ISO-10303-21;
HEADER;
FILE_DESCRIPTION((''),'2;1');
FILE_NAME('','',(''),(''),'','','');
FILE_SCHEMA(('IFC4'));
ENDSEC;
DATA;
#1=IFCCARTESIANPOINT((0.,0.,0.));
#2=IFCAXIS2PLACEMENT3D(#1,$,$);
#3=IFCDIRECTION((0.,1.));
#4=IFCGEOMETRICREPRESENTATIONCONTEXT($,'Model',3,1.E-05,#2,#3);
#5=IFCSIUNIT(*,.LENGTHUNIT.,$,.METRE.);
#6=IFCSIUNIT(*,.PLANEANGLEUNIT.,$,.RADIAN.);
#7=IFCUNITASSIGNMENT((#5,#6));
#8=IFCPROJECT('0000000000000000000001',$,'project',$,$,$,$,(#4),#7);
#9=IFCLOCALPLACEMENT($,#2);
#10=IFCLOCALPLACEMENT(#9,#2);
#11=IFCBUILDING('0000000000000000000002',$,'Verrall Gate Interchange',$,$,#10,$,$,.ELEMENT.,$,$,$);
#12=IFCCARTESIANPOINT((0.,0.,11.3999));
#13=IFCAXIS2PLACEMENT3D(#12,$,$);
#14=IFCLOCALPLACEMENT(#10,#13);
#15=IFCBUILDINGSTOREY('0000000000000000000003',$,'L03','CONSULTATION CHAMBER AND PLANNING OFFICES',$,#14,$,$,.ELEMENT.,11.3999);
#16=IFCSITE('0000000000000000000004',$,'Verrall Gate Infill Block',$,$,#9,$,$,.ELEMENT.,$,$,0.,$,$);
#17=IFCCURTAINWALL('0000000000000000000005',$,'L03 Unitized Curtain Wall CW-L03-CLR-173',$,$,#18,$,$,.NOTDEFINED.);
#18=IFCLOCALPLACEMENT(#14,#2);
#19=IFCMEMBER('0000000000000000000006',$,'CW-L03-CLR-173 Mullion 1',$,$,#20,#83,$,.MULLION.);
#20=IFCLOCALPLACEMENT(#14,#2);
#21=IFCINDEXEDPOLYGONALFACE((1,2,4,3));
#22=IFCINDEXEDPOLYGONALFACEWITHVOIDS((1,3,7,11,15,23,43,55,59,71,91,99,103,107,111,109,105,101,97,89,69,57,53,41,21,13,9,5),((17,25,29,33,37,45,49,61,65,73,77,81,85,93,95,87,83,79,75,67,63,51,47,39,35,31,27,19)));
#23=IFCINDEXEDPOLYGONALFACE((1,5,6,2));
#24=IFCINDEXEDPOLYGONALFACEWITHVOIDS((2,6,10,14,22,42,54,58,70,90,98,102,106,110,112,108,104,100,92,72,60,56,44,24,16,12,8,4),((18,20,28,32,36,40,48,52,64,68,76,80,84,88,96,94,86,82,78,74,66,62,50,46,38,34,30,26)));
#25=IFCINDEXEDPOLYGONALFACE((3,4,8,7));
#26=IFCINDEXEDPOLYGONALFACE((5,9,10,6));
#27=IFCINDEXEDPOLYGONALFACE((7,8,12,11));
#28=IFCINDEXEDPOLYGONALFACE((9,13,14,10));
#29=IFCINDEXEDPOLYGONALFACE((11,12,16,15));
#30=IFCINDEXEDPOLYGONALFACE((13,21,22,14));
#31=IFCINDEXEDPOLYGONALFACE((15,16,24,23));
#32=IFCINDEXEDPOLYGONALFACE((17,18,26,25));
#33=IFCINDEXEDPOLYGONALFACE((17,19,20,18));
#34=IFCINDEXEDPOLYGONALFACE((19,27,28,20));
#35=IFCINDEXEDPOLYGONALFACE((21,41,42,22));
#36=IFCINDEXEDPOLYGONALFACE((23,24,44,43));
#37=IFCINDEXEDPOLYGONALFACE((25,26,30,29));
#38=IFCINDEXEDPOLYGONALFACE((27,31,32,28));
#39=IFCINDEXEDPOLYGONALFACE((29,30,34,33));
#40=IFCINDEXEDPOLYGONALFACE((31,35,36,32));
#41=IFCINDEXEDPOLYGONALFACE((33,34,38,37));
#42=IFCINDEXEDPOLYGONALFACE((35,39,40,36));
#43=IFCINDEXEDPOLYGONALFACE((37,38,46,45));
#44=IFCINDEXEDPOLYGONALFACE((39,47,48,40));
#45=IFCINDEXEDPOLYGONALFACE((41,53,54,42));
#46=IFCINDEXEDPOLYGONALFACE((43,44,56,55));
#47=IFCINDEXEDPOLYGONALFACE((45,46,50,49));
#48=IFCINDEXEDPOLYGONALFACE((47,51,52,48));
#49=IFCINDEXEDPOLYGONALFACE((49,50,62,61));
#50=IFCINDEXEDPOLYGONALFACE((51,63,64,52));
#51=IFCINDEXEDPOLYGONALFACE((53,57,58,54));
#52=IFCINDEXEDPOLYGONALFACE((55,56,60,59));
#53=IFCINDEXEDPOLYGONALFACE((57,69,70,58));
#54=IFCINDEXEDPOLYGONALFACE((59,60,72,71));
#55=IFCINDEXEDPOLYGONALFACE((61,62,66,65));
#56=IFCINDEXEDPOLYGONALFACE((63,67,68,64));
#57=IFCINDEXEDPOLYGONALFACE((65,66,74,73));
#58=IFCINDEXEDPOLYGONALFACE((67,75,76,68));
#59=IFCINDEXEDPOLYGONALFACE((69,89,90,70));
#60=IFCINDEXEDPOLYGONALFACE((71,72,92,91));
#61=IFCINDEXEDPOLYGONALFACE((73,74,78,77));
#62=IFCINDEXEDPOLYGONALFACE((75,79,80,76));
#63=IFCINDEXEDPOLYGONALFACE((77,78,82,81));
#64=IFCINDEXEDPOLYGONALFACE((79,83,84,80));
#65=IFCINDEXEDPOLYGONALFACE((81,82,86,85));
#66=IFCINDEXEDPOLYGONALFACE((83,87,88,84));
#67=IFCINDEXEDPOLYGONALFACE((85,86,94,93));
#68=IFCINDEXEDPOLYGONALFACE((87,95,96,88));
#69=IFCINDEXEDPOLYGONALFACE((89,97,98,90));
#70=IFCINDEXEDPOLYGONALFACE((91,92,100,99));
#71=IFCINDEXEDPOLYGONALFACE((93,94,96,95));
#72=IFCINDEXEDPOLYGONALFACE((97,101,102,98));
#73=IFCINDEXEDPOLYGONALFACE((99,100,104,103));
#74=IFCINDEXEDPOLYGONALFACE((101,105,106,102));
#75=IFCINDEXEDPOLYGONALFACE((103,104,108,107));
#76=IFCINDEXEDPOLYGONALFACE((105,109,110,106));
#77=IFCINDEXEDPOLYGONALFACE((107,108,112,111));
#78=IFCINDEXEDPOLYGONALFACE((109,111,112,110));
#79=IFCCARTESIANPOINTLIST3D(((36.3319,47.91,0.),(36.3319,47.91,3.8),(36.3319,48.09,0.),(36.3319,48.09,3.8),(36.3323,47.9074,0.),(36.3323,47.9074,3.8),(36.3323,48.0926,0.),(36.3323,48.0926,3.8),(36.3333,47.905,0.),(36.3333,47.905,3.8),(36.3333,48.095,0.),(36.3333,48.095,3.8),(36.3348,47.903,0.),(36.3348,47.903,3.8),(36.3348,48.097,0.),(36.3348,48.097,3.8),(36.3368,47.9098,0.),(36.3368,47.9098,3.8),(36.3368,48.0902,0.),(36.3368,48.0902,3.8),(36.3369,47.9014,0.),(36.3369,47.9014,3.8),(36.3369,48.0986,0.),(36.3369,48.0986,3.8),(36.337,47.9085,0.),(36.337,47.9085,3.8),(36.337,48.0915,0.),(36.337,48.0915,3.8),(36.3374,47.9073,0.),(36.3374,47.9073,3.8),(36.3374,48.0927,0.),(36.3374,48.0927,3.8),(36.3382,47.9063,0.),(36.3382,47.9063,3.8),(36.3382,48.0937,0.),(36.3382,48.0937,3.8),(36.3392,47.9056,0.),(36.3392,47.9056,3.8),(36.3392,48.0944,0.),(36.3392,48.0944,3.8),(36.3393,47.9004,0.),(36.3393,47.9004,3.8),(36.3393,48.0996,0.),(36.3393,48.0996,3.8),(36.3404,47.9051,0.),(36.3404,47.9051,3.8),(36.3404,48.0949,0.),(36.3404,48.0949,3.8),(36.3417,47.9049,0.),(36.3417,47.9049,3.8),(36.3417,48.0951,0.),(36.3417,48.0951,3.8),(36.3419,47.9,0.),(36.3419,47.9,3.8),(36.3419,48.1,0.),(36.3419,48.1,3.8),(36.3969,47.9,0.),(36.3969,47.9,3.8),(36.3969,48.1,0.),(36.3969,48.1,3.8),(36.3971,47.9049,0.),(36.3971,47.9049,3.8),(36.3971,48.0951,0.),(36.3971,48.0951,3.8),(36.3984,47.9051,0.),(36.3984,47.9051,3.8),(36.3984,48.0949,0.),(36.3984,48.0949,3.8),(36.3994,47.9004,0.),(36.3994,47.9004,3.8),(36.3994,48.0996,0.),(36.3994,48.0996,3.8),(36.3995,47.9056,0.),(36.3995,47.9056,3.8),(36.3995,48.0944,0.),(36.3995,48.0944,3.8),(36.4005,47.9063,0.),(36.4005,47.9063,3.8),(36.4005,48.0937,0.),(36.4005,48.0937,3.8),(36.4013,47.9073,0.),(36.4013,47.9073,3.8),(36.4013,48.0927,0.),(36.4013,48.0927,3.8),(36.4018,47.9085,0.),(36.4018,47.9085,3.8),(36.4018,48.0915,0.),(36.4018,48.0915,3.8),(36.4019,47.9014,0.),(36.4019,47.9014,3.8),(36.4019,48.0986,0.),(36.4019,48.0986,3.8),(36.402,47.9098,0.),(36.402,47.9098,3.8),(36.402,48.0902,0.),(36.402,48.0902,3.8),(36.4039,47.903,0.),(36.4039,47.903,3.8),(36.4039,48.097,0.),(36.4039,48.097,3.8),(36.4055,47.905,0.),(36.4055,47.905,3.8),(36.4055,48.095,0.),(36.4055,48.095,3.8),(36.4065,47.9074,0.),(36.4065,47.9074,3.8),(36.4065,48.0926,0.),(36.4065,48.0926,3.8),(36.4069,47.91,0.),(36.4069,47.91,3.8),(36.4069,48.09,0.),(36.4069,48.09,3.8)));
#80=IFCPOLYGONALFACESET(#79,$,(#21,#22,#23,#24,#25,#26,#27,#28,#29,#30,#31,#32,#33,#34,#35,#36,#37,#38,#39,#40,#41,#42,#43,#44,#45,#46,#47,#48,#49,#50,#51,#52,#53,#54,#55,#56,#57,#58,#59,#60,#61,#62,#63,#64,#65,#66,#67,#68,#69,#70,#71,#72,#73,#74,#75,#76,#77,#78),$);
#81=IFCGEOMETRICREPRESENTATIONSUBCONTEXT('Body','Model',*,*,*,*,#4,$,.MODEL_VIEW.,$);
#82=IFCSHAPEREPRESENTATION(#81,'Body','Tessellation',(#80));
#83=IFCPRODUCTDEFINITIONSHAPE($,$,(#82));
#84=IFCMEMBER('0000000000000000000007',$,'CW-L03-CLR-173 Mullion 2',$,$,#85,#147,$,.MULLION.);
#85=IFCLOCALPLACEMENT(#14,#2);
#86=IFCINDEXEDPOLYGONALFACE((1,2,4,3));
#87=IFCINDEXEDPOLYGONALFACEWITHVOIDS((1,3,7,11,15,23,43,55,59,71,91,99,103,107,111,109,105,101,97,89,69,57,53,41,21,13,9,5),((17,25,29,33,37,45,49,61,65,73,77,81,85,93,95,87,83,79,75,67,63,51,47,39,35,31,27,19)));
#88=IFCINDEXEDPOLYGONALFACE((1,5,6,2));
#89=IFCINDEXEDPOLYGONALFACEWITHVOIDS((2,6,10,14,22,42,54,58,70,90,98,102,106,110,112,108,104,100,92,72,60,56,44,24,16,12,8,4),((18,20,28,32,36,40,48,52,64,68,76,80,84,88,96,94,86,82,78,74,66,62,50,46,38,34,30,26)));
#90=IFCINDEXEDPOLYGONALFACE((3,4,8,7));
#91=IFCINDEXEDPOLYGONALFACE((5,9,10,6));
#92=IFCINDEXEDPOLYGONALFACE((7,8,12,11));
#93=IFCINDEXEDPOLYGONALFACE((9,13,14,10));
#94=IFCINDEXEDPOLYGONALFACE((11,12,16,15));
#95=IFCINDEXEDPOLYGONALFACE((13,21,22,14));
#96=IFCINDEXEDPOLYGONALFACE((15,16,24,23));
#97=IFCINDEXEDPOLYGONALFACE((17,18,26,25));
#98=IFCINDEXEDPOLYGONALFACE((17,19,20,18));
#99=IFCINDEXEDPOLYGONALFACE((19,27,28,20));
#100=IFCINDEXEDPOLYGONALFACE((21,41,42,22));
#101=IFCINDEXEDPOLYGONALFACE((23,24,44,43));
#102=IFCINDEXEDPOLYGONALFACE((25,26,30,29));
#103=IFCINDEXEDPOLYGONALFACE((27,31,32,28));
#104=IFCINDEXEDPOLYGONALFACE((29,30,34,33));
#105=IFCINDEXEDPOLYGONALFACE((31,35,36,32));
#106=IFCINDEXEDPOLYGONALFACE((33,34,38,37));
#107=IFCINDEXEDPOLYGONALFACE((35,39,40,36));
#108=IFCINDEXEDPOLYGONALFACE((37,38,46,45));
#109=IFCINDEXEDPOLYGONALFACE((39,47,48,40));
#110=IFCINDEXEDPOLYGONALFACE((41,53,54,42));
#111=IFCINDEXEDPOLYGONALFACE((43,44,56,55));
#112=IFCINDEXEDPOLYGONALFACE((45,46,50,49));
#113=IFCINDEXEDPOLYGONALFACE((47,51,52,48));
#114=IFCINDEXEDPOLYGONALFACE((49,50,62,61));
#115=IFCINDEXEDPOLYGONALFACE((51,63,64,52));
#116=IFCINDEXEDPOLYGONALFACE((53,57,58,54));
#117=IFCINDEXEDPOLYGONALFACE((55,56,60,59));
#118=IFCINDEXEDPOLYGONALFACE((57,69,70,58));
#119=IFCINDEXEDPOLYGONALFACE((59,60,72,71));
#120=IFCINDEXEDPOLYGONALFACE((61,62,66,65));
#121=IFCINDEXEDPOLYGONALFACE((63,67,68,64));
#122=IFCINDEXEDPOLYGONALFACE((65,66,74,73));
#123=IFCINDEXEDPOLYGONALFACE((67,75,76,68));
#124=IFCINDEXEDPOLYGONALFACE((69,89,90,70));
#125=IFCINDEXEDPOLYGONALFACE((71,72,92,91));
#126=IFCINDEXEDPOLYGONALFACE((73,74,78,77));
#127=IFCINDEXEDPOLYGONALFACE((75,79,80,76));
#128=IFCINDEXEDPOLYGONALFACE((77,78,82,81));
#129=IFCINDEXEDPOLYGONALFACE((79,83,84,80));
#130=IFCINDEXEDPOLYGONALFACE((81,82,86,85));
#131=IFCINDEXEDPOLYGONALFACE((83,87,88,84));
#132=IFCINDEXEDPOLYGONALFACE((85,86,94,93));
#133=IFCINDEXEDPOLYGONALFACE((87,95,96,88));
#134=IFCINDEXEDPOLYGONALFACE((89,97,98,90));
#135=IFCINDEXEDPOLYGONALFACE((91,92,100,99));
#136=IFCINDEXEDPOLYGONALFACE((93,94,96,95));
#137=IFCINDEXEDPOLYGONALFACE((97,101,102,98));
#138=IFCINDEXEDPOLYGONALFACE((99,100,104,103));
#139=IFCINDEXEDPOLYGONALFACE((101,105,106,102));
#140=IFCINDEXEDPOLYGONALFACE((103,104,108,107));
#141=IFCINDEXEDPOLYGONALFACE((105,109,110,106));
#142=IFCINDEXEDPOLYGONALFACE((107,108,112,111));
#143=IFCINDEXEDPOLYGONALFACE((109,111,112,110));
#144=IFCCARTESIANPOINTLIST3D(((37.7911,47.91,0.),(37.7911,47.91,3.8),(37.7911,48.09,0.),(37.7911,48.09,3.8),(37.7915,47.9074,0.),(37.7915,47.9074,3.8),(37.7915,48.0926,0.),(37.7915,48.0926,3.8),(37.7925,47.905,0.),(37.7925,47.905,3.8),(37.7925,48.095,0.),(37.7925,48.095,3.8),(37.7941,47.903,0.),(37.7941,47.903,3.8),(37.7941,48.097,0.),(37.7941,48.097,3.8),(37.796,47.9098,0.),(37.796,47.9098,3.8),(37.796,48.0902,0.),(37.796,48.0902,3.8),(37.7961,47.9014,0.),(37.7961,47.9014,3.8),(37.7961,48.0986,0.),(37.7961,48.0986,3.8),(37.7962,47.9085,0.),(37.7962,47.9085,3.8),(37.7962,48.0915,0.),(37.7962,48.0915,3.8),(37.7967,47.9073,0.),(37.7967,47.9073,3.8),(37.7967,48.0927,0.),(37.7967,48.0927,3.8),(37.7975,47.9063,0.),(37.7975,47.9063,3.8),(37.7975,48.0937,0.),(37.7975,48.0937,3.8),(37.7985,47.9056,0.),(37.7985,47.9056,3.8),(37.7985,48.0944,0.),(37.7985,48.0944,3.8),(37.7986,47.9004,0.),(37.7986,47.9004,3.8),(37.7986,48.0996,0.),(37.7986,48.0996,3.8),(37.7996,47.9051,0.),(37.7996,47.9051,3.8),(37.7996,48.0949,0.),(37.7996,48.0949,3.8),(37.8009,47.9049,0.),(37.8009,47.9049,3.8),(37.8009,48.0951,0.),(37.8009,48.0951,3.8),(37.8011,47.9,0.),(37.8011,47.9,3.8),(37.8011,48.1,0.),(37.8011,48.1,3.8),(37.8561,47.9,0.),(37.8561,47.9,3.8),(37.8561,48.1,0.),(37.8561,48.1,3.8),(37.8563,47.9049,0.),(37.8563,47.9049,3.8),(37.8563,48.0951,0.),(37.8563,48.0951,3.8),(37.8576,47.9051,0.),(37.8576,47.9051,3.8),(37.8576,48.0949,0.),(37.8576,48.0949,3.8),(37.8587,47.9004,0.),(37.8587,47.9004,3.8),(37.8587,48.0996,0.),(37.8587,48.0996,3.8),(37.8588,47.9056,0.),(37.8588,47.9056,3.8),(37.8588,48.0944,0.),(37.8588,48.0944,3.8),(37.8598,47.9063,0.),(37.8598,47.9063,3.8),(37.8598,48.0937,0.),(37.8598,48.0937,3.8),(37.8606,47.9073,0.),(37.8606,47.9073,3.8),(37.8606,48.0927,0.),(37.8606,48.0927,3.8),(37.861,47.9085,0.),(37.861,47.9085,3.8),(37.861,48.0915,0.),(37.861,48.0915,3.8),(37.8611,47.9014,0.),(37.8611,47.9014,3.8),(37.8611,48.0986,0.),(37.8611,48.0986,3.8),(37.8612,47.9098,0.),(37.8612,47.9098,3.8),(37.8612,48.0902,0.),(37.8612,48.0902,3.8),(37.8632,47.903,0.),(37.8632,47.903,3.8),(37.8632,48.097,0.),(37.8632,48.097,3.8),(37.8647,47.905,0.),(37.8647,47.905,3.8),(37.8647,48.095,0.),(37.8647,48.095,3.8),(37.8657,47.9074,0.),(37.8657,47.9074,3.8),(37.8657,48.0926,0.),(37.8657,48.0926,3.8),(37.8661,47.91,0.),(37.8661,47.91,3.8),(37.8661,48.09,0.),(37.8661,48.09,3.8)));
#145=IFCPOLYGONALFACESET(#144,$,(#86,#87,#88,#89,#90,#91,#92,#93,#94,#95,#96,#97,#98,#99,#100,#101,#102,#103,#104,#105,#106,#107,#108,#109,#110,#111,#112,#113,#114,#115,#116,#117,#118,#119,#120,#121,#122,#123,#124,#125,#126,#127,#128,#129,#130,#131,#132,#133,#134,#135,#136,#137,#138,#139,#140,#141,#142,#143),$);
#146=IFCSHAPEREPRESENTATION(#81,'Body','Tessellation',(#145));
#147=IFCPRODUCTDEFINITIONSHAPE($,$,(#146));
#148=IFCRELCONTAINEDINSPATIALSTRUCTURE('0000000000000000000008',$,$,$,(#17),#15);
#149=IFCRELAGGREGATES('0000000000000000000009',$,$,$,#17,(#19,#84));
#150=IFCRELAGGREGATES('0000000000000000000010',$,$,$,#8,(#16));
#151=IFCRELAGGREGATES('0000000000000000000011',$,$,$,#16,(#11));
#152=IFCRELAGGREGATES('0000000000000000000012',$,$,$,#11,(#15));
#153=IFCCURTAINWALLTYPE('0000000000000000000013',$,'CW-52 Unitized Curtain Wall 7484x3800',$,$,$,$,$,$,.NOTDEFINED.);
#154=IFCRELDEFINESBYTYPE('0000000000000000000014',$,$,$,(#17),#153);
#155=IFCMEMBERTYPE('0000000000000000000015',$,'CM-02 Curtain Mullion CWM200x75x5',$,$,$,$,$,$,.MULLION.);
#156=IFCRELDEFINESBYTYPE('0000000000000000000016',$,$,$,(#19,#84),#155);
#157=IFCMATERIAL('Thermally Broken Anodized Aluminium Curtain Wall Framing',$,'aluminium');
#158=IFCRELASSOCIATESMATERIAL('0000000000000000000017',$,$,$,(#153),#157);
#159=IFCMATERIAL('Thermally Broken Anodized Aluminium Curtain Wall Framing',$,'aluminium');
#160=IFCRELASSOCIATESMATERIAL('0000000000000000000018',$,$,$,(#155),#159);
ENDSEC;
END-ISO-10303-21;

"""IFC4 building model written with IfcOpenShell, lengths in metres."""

from ifc_helpers import new_model, si_unit, direction, frame, origin, origin_2d, place, context, subcontext, project, spatial, hollow_rectangle, extrude, material, material_profile, profile_set, type_object, element, aggregate, save


model = new_model("IFC4")

# Units and contexts
model_context = context("Model", 3, precision=1e-05, world=origin(), true_north=direction((0.0, 1.0)))
body_context = subcontext(model_context, "Body", "Model", "MODEL_VIEW")
ifc_project = project(units=[si_unit("LENGTHUNIT", "METRE"), si_unit("PLANEANGLEUNIT", "RADIAN")], contexts=[model_context])

# Site, building, storey
site_placement = place(None, origin())
site = spatial("IfcSite", under=ifc_project, at=site_placement, Name="Verrall Gate Infill Block", CompositionType="ELEMENT", RefElevation=0.0)
building_placement = place(site_placement, origin())
building = spatial("IfcBuilding", under=site, at=building_placement, Name="Verrall Gate Interchange", CompositionType="ELEMENT")
storey_placement = place(building_placement, frame((0.0, 0.0, 11.3999)))
storey = spatial("IfcBuildingStorey", under=building, at=storey_placement, Name="L03", Description="CONSULTATION CHAMBER AND PLANNING OFFICES", CompositionType="ELEMENT", Elevation=11.3999)

# Curtain wall, members
ifc_material_1 = material(Name="Thermally Broken Anodized Aluminium Curtain Wall Framing", Category="aluminium")
curtain_wall_type = type_object("IfcCurtainWallType", Name="CW-52 Unitized Curtain Wall 7484x3800", PredefinedType="NOTDEFINED", material=ifc_material_1)
curtain_wall_placement = place(storey_placement, origin())
curtain_wall = element("IfcCurtainWall", 1, at=curtain_wall_placement, inside=storey, type_object=curtain_wall_type, Name="L03 Unitized Curtain Wall CW-L03-CLR-173", PredefinedType="NOTDEFINED")
ifc_material_2 = material(Name="Thermally Broken Anodized Aluminium Curtain Wall Framing", Category="aluminium")
ifc_material_profile_1 = material_profile(ifc_material_2, hollow_rectangle(XDim=0.075, YDim=0.2, WallThickness=0.0049, InnerFilletRadius=0.0049, OuterFilletRadius=0.01, at=origin_2d()), Name="CWM200x75x5")
ifc_profile_set_1 = profile_set([ifc_material_profile_1], Name="Thermally Broken Anodized Aluminium Curtain Wall Framing")
member_type_1 = type_object("IfcMemberType", Name="CM-02 Curtain Mullion CWM200x75x5", PredefinedType="MULLION", material=ifc_profile_set_1)
member_1_placement = place(storey_placement, frame((36.3694, 48.0, 0.0), z_axis=(0.0, 0.0, 1.0), x_axis=(1.0, 0.0, 0.0)))
member_1 = element("IfcMember", 2, at=member_1_placement, type_object=member_type_1, Name="CW-L03-CLR-173 Mullion 1", PredefinedType="MULLION", context=body_context, shape_type="SweptSolid", body=[
    extrude(hollow_rectangle(XDim=0.075, YDim=0.2, WallThickness=0.0049, InnerFilletRadius=0.0049, OuterFilletRadius=0.01, at=origin_2d()), origin(), (0.0, 0.0, 1.0), 3.8),
])
member_2_placement = place(storey_placement, frame((37.8286, 48.0, 0.0), z_axis=(0.0, 0.0, 1.0), x_axis=(1.0, 0.0, 0.0)))
member_2 = element("IfcMember", 3, at=member_2_placement, type_object=member_type_1, Name="CW-L03-CLR-173 Mullion 2", PredefinedType="MULLION", context=body_context, shape_type="SweptSolid", body=[
    extrude(hollow_rectangle(XDim=0.075, YDim=0.2, WallThickness=0.0049, InnerFilletRadius=0.0049, OuterFilletRadius=0.01, at=origin_2d()), origin(), (0.0, 0.0, 1.0), 3.8),
])

aggregate(curtain_wall, [member_1, member_2])

save(model, "model.ifc")
